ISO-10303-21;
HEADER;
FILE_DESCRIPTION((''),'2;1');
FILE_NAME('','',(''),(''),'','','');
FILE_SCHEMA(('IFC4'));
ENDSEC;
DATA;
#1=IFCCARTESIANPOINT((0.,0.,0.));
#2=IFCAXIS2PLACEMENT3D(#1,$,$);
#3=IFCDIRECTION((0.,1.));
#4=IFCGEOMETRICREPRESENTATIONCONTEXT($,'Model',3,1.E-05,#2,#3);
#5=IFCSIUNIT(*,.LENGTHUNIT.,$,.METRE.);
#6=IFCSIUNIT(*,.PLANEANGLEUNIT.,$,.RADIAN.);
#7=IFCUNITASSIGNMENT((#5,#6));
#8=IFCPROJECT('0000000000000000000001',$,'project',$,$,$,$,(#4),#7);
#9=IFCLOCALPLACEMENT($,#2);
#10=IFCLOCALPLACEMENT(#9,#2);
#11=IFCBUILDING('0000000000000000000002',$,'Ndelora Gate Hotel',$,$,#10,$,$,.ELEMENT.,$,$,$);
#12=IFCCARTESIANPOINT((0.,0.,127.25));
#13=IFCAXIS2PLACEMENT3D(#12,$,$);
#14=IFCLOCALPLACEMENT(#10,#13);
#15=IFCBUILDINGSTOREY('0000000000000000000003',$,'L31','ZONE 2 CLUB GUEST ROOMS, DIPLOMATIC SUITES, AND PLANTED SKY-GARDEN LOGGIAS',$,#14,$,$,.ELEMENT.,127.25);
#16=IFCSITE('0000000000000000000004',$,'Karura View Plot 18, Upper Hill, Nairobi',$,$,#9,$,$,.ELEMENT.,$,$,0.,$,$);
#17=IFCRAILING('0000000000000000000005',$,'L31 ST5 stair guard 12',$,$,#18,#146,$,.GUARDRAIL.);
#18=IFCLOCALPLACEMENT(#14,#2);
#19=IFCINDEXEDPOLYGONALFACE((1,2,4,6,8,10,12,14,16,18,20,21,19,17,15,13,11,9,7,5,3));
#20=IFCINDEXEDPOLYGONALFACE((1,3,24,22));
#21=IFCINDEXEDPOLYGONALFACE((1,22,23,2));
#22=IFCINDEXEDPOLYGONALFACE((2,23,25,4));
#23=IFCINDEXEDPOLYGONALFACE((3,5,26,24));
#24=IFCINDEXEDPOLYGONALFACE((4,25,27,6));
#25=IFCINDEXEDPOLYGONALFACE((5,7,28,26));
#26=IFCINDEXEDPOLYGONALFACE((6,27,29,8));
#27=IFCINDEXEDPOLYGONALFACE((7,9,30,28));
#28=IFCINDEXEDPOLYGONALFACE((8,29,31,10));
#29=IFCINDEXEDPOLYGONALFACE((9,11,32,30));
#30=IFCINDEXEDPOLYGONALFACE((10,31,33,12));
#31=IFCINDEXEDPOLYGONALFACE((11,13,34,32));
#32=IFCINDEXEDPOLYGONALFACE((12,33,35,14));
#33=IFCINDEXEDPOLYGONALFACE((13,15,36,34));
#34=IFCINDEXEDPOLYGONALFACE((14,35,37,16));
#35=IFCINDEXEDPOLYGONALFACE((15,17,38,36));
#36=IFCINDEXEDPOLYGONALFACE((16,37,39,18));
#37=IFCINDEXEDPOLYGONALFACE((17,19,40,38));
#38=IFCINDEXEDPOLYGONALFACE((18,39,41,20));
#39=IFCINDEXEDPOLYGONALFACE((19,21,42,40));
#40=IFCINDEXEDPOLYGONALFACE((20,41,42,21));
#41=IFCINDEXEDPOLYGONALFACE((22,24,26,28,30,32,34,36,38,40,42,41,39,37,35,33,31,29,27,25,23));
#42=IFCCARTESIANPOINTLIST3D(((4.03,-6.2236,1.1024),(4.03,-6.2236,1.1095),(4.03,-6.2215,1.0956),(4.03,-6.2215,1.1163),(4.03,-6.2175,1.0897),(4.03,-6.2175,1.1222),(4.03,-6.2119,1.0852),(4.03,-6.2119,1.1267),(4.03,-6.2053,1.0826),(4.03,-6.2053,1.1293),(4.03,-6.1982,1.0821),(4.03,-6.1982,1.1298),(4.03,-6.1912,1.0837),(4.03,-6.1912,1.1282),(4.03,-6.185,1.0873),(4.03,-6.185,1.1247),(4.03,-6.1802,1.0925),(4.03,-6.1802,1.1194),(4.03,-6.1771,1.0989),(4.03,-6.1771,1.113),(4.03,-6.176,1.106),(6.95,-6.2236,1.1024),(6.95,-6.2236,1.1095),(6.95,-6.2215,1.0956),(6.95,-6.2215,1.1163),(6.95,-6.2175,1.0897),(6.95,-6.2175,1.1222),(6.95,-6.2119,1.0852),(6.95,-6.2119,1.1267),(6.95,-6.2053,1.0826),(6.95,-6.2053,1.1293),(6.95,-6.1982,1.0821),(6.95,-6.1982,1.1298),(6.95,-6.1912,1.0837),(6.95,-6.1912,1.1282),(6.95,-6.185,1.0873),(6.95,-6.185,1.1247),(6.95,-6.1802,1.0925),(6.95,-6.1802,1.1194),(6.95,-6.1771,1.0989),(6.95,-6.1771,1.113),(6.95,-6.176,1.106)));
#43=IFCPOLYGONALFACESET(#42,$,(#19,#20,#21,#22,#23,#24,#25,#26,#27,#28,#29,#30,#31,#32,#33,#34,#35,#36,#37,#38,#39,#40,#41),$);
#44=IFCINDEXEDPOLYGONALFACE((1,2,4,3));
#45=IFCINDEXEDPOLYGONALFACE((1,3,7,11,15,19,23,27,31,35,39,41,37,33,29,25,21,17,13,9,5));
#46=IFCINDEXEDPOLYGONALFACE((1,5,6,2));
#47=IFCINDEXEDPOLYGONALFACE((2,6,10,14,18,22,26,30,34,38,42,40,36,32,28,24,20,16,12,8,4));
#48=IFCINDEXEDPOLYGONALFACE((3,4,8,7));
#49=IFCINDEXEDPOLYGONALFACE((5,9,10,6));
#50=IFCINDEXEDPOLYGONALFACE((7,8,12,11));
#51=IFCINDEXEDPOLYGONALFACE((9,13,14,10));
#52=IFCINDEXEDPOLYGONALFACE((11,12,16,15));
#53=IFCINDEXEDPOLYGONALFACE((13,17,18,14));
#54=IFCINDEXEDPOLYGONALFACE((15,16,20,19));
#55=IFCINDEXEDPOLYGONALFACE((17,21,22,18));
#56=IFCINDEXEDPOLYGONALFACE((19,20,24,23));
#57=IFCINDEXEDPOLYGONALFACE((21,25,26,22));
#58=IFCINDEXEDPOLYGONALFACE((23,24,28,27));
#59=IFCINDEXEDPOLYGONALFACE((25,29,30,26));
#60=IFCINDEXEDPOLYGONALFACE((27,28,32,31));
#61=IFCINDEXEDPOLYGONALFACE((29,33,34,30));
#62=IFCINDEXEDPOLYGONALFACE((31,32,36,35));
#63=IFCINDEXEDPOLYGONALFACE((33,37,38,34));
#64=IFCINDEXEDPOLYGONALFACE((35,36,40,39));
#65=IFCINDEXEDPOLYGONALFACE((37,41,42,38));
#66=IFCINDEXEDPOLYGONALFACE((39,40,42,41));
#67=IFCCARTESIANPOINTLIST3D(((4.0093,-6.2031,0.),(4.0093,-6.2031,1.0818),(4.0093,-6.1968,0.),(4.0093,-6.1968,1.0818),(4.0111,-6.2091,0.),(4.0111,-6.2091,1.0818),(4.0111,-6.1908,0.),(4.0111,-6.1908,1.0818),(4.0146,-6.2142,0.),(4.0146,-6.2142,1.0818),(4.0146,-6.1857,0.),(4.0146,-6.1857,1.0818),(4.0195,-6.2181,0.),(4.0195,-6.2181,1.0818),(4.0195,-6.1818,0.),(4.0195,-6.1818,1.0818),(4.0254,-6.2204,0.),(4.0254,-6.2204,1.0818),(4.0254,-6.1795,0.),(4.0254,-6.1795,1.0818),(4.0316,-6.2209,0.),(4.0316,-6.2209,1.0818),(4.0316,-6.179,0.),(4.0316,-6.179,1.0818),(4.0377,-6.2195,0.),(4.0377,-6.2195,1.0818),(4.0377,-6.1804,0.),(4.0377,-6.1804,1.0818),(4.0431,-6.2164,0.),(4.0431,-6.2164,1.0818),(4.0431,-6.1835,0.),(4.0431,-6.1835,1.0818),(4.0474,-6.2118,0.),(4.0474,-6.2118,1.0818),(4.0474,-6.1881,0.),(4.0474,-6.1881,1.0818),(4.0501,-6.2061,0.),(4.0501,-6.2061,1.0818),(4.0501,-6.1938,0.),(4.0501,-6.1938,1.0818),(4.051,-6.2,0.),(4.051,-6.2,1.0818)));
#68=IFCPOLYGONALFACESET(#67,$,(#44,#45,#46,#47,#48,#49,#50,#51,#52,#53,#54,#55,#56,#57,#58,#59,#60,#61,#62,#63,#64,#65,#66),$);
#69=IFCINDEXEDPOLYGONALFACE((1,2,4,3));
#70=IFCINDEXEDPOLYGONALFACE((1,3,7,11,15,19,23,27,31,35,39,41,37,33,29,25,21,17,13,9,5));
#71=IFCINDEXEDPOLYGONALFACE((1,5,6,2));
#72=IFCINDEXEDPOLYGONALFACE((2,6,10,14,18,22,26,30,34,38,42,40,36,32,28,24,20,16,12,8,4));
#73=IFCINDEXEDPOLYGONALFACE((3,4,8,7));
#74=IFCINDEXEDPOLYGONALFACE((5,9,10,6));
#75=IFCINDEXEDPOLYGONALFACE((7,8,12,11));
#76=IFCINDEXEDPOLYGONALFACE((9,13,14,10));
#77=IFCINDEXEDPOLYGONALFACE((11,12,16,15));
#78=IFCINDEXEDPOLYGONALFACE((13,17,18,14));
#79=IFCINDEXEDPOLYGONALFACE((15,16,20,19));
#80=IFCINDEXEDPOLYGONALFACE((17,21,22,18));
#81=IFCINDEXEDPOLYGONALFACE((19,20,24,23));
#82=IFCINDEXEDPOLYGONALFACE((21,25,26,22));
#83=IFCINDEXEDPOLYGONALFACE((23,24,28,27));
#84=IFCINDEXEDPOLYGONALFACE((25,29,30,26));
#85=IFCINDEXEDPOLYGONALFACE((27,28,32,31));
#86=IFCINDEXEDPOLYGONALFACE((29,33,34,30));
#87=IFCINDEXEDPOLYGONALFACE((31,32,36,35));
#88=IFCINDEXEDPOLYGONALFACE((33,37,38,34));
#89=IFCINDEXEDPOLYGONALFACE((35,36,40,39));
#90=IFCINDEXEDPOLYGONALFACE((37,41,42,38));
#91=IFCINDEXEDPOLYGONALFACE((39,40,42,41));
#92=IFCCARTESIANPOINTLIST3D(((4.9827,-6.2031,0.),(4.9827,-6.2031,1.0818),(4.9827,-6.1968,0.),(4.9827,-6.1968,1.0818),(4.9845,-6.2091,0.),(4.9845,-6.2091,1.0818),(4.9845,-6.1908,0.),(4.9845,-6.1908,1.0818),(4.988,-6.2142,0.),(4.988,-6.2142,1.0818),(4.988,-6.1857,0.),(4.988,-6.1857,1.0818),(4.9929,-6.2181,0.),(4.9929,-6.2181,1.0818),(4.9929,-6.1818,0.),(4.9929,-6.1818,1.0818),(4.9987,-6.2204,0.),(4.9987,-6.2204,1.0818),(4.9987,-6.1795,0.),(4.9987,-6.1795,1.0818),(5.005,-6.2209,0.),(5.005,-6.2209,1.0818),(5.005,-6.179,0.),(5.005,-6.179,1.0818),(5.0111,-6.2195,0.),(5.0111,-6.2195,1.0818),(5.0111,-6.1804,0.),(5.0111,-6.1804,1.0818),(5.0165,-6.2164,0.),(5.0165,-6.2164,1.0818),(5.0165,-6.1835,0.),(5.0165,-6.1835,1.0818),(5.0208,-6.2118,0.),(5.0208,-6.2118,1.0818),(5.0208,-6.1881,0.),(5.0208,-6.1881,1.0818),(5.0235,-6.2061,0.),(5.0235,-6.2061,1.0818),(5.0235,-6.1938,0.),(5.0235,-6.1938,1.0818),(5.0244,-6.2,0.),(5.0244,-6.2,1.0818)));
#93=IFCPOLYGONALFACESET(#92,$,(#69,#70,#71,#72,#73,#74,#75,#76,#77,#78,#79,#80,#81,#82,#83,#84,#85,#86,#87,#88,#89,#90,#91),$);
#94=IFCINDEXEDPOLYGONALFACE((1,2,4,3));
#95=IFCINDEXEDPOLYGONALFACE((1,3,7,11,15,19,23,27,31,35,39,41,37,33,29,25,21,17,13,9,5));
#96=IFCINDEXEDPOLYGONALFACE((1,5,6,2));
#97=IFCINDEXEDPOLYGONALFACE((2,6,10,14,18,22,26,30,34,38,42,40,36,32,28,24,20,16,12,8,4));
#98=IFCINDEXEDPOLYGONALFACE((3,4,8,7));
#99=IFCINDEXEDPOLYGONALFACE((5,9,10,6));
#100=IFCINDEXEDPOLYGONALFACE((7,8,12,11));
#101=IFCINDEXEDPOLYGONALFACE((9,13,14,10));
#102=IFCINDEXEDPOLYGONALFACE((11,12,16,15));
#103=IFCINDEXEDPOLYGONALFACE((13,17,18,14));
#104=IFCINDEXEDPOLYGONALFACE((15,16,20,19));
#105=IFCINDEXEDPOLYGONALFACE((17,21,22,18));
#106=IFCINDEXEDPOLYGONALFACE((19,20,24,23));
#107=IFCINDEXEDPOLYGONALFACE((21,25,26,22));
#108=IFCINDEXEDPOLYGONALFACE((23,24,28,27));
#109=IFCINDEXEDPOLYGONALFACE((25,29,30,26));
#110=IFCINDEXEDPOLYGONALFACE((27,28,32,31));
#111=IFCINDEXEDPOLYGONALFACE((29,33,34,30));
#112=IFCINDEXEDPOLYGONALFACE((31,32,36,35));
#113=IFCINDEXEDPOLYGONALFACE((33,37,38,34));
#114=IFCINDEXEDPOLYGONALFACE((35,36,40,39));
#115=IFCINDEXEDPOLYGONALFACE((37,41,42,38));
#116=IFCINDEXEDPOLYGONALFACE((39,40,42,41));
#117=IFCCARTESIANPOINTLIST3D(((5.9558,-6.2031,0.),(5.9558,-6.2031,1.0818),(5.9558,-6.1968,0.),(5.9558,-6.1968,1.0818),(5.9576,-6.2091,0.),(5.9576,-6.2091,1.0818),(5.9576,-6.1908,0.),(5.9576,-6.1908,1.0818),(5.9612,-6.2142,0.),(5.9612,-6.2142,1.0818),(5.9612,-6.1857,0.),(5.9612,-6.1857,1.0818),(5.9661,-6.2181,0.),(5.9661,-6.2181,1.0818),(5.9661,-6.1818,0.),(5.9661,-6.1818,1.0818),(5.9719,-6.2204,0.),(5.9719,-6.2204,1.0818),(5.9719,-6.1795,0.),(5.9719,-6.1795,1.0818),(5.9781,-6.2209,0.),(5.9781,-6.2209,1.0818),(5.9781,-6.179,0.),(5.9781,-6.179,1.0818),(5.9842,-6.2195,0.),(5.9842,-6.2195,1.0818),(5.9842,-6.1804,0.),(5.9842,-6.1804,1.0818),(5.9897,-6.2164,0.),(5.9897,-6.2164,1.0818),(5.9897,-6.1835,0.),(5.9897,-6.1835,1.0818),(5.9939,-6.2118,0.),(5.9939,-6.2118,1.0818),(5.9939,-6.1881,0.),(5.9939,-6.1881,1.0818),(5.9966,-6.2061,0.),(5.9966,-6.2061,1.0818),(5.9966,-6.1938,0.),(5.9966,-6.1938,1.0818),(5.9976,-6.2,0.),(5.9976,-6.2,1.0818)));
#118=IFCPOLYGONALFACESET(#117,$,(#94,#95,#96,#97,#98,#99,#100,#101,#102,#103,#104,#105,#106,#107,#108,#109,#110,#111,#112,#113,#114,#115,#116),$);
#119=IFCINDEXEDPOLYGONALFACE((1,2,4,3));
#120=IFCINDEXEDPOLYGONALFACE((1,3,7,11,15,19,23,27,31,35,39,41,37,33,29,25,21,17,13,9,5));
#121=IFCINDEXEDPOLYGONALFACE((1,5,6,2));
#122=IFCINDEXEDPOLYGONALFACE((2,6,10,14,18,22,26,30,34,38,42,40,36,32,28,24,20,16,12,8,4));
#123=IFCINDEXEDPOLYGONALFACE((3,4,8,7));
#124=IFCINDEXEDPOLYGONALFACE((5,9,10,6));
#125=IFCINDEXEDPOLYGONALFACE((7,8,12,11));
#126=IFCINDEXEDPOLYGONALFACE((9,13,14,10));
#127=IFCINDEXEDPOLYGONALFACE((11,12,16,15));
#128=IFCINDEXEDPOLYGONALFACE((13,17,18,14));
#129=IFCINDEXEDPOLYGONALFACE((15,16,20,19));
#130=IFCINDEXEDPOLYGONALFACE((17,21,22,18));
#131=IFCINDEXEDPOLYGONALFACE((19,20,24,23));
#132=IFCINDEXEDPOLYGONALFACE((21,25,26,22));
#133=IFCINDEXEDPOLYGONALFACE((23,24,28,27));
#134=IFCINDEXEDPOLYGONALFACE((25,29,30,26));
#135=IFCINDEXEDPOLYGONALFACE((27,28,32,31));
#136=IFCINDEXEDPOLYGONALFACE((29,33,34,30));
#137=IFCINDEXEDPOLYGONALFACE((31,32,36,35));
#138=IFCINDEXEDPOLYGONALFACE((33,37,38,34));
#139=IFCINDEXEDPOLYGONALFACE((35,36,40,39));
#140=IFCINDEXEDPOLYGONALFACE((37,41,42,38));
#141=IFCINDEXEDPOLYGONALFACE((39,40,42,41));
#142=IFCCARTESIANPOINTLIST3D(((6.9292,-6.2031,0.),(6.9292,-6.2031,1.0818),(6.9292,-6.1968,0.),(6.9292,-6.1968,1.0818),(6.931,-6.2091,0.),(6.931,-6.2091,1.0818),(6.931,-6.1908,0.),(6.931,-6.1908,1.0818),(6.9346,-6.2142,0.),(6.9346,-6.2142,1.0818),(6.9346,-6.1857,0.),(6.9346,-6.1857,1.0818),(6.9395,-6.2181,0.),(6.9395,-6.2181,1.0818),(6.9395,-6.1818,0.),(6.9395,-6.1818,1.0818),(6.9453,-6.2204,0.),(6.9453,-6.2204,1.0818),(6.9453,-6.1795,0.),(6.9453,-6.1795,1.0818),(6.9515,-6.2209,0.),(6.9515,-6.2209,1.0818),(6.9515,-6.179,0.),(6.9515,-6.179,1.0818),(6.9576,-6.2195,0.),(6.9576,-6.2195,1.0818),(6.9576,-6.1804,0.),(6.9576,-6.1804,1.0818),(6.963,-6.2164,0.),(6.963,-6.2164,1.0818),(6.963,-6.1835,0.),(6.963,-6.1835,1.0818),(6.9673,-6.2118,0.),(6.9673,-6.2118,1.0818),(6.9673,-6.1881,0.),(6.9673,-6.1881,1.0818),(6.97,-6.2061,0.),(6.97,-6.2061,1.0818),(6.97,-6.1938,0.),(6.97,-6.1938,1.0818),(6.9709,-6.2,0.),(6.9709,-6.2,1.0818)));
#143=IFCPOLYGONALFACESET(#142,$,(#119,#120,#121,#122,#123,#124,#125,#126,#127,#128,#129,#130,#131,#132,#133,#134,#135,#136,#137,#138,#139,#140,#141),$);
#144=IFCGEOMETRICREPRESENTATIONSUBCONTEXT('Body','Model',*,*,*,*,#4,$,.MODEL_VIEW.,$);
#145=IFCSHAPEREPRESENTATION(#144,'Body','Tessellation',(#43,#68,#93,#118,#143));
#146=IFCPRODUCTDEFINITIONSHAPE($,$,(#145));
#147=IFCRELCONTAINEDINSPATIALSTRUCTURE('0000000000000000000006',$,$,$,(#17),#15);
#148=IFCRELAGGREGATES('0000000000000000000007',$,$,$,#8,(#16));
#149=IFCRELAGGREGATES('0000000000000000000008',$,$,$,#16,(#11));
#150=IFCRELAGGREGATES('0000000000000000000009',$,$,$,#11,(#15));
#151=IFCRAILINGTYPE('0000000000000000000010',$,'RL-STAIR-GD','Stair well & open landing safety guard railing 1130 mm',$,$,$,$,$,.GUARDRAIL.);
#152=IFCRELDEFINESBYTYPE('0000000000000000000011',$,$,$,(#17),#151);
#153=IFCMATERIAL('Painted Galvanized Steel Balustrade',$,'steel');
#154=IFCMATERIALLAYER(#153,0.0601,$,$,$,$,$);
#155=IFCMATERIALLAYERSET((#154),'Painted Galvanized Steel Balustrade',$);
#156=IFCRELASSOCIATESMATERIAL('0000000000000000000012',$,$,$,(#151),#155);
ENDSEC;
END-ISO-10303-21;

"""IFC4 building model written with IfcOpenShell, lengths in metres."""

from ifc_helpers import new_model, si_unit, direction, frame, origin, origin_2d, place, context, subcontext, project, spatial, circle, extrude, material, layer, layer_set, type_object, element, save


model = new_model("IFC4")

# Units and contexts
model_context = context("Model", 3, precision=1e-05, world=origin(), true_north=direction((0.0, 1.0)))
body_context = subcontext(model_context, "Body", "Model", "MODEL_VIEW")
ifc_project = project(units=[si_unit("LENGTHUNIT", "METRE"), si_unit("PLANEANGLEUNIT", "RADIAN")], contexts=[model_context])

# Site, building, storey
site_placement = place(None, origin())
site = spatial("IfcSite", under=ifc_project, at=site_placement, Name="Karura View Plot 18, Upper Hill, Nairobi", CompositionType="ELEMENT", RefElevation=0.0)
building_placement = place(site_placement, origin())
building = spatial("IfcBuilding", under=site, at=building_placement, Name="Ndelora Gate Hotel", CompositionType="ELEMENT")
storey_placement = place(building_placement, frame((0.0, 0.0, 127.25)))
storey = spatial("IfcBuildingStorey", under=building, at=storey_placement, Name="L31", Description="ZONE 2 CLUB GUEST ROOMS, DIPLOMATIC SUITES, AND PLANTED SKY-GARDEN LOGGIAS", CompositionType="ELEMENT", Elevation=127.25)

# Railing
ifc_material_1 = material(Name="Painted Galvanized Steel Balustrade", Category="steel")
ifc_layer_1 = layer(ifc_material_1, 0.0601)
ifc_layer_set_1 = layer_set([ifc_layer_1], Name="Painted Galvanized Steel Balustrade")
railing_type_1 = type_object("IfcRailingType", Name="RL-STAIR-GD", Description="Stair well & open landing safety guard railing 1130 mm", PredefinedType="GUARDRAIL", material=ifc_layer_set_1)
railing_1_placement = place(storey_placement, frame((4.03, -6.2, 0.0)))
element("IfcRailing", 1, at=railing_1_placement, inside=storey, type_object=railing_type_1, Name="L31 ST5 stair guard 12", PredefinedType="GUARDRAIL", context=body_context, shape_type="SweptSolid", body=[
    extrude(circle(Radius=0.0239, at=origin_2d()), frame((0.0, 0.0, 1.106), z_axis=(1.0, 0.0, 0.0), x_axis=(0.0, 1.0, 0.0)), (0.0, 0.0, 1.0), 2.9199),
    extrude(circle(Radius=0.021, at=origin_2d()), origin(), (0.0, 0.0, 1.0), 1.0818),
    extrude(circle(Radius=0.021, at=origin_2d()), frame((0.9734, 0.0, 0.0)), (0.0, 0.0, 1.0), 1.0818),
    extrude(circle(Radius=0.021, at=origin_2d()), frame((1.9465, 0.0, 0.0)), (0.0, 0.0, 1.0), 1.0818),
    extrude(circle(Radius=0.021, at=origin_2d()), frame((2.9199, 0.0, 0.0)), (0.0, 0.0, 1.0), 1.0818),
])

save(model, "model.ifc")
